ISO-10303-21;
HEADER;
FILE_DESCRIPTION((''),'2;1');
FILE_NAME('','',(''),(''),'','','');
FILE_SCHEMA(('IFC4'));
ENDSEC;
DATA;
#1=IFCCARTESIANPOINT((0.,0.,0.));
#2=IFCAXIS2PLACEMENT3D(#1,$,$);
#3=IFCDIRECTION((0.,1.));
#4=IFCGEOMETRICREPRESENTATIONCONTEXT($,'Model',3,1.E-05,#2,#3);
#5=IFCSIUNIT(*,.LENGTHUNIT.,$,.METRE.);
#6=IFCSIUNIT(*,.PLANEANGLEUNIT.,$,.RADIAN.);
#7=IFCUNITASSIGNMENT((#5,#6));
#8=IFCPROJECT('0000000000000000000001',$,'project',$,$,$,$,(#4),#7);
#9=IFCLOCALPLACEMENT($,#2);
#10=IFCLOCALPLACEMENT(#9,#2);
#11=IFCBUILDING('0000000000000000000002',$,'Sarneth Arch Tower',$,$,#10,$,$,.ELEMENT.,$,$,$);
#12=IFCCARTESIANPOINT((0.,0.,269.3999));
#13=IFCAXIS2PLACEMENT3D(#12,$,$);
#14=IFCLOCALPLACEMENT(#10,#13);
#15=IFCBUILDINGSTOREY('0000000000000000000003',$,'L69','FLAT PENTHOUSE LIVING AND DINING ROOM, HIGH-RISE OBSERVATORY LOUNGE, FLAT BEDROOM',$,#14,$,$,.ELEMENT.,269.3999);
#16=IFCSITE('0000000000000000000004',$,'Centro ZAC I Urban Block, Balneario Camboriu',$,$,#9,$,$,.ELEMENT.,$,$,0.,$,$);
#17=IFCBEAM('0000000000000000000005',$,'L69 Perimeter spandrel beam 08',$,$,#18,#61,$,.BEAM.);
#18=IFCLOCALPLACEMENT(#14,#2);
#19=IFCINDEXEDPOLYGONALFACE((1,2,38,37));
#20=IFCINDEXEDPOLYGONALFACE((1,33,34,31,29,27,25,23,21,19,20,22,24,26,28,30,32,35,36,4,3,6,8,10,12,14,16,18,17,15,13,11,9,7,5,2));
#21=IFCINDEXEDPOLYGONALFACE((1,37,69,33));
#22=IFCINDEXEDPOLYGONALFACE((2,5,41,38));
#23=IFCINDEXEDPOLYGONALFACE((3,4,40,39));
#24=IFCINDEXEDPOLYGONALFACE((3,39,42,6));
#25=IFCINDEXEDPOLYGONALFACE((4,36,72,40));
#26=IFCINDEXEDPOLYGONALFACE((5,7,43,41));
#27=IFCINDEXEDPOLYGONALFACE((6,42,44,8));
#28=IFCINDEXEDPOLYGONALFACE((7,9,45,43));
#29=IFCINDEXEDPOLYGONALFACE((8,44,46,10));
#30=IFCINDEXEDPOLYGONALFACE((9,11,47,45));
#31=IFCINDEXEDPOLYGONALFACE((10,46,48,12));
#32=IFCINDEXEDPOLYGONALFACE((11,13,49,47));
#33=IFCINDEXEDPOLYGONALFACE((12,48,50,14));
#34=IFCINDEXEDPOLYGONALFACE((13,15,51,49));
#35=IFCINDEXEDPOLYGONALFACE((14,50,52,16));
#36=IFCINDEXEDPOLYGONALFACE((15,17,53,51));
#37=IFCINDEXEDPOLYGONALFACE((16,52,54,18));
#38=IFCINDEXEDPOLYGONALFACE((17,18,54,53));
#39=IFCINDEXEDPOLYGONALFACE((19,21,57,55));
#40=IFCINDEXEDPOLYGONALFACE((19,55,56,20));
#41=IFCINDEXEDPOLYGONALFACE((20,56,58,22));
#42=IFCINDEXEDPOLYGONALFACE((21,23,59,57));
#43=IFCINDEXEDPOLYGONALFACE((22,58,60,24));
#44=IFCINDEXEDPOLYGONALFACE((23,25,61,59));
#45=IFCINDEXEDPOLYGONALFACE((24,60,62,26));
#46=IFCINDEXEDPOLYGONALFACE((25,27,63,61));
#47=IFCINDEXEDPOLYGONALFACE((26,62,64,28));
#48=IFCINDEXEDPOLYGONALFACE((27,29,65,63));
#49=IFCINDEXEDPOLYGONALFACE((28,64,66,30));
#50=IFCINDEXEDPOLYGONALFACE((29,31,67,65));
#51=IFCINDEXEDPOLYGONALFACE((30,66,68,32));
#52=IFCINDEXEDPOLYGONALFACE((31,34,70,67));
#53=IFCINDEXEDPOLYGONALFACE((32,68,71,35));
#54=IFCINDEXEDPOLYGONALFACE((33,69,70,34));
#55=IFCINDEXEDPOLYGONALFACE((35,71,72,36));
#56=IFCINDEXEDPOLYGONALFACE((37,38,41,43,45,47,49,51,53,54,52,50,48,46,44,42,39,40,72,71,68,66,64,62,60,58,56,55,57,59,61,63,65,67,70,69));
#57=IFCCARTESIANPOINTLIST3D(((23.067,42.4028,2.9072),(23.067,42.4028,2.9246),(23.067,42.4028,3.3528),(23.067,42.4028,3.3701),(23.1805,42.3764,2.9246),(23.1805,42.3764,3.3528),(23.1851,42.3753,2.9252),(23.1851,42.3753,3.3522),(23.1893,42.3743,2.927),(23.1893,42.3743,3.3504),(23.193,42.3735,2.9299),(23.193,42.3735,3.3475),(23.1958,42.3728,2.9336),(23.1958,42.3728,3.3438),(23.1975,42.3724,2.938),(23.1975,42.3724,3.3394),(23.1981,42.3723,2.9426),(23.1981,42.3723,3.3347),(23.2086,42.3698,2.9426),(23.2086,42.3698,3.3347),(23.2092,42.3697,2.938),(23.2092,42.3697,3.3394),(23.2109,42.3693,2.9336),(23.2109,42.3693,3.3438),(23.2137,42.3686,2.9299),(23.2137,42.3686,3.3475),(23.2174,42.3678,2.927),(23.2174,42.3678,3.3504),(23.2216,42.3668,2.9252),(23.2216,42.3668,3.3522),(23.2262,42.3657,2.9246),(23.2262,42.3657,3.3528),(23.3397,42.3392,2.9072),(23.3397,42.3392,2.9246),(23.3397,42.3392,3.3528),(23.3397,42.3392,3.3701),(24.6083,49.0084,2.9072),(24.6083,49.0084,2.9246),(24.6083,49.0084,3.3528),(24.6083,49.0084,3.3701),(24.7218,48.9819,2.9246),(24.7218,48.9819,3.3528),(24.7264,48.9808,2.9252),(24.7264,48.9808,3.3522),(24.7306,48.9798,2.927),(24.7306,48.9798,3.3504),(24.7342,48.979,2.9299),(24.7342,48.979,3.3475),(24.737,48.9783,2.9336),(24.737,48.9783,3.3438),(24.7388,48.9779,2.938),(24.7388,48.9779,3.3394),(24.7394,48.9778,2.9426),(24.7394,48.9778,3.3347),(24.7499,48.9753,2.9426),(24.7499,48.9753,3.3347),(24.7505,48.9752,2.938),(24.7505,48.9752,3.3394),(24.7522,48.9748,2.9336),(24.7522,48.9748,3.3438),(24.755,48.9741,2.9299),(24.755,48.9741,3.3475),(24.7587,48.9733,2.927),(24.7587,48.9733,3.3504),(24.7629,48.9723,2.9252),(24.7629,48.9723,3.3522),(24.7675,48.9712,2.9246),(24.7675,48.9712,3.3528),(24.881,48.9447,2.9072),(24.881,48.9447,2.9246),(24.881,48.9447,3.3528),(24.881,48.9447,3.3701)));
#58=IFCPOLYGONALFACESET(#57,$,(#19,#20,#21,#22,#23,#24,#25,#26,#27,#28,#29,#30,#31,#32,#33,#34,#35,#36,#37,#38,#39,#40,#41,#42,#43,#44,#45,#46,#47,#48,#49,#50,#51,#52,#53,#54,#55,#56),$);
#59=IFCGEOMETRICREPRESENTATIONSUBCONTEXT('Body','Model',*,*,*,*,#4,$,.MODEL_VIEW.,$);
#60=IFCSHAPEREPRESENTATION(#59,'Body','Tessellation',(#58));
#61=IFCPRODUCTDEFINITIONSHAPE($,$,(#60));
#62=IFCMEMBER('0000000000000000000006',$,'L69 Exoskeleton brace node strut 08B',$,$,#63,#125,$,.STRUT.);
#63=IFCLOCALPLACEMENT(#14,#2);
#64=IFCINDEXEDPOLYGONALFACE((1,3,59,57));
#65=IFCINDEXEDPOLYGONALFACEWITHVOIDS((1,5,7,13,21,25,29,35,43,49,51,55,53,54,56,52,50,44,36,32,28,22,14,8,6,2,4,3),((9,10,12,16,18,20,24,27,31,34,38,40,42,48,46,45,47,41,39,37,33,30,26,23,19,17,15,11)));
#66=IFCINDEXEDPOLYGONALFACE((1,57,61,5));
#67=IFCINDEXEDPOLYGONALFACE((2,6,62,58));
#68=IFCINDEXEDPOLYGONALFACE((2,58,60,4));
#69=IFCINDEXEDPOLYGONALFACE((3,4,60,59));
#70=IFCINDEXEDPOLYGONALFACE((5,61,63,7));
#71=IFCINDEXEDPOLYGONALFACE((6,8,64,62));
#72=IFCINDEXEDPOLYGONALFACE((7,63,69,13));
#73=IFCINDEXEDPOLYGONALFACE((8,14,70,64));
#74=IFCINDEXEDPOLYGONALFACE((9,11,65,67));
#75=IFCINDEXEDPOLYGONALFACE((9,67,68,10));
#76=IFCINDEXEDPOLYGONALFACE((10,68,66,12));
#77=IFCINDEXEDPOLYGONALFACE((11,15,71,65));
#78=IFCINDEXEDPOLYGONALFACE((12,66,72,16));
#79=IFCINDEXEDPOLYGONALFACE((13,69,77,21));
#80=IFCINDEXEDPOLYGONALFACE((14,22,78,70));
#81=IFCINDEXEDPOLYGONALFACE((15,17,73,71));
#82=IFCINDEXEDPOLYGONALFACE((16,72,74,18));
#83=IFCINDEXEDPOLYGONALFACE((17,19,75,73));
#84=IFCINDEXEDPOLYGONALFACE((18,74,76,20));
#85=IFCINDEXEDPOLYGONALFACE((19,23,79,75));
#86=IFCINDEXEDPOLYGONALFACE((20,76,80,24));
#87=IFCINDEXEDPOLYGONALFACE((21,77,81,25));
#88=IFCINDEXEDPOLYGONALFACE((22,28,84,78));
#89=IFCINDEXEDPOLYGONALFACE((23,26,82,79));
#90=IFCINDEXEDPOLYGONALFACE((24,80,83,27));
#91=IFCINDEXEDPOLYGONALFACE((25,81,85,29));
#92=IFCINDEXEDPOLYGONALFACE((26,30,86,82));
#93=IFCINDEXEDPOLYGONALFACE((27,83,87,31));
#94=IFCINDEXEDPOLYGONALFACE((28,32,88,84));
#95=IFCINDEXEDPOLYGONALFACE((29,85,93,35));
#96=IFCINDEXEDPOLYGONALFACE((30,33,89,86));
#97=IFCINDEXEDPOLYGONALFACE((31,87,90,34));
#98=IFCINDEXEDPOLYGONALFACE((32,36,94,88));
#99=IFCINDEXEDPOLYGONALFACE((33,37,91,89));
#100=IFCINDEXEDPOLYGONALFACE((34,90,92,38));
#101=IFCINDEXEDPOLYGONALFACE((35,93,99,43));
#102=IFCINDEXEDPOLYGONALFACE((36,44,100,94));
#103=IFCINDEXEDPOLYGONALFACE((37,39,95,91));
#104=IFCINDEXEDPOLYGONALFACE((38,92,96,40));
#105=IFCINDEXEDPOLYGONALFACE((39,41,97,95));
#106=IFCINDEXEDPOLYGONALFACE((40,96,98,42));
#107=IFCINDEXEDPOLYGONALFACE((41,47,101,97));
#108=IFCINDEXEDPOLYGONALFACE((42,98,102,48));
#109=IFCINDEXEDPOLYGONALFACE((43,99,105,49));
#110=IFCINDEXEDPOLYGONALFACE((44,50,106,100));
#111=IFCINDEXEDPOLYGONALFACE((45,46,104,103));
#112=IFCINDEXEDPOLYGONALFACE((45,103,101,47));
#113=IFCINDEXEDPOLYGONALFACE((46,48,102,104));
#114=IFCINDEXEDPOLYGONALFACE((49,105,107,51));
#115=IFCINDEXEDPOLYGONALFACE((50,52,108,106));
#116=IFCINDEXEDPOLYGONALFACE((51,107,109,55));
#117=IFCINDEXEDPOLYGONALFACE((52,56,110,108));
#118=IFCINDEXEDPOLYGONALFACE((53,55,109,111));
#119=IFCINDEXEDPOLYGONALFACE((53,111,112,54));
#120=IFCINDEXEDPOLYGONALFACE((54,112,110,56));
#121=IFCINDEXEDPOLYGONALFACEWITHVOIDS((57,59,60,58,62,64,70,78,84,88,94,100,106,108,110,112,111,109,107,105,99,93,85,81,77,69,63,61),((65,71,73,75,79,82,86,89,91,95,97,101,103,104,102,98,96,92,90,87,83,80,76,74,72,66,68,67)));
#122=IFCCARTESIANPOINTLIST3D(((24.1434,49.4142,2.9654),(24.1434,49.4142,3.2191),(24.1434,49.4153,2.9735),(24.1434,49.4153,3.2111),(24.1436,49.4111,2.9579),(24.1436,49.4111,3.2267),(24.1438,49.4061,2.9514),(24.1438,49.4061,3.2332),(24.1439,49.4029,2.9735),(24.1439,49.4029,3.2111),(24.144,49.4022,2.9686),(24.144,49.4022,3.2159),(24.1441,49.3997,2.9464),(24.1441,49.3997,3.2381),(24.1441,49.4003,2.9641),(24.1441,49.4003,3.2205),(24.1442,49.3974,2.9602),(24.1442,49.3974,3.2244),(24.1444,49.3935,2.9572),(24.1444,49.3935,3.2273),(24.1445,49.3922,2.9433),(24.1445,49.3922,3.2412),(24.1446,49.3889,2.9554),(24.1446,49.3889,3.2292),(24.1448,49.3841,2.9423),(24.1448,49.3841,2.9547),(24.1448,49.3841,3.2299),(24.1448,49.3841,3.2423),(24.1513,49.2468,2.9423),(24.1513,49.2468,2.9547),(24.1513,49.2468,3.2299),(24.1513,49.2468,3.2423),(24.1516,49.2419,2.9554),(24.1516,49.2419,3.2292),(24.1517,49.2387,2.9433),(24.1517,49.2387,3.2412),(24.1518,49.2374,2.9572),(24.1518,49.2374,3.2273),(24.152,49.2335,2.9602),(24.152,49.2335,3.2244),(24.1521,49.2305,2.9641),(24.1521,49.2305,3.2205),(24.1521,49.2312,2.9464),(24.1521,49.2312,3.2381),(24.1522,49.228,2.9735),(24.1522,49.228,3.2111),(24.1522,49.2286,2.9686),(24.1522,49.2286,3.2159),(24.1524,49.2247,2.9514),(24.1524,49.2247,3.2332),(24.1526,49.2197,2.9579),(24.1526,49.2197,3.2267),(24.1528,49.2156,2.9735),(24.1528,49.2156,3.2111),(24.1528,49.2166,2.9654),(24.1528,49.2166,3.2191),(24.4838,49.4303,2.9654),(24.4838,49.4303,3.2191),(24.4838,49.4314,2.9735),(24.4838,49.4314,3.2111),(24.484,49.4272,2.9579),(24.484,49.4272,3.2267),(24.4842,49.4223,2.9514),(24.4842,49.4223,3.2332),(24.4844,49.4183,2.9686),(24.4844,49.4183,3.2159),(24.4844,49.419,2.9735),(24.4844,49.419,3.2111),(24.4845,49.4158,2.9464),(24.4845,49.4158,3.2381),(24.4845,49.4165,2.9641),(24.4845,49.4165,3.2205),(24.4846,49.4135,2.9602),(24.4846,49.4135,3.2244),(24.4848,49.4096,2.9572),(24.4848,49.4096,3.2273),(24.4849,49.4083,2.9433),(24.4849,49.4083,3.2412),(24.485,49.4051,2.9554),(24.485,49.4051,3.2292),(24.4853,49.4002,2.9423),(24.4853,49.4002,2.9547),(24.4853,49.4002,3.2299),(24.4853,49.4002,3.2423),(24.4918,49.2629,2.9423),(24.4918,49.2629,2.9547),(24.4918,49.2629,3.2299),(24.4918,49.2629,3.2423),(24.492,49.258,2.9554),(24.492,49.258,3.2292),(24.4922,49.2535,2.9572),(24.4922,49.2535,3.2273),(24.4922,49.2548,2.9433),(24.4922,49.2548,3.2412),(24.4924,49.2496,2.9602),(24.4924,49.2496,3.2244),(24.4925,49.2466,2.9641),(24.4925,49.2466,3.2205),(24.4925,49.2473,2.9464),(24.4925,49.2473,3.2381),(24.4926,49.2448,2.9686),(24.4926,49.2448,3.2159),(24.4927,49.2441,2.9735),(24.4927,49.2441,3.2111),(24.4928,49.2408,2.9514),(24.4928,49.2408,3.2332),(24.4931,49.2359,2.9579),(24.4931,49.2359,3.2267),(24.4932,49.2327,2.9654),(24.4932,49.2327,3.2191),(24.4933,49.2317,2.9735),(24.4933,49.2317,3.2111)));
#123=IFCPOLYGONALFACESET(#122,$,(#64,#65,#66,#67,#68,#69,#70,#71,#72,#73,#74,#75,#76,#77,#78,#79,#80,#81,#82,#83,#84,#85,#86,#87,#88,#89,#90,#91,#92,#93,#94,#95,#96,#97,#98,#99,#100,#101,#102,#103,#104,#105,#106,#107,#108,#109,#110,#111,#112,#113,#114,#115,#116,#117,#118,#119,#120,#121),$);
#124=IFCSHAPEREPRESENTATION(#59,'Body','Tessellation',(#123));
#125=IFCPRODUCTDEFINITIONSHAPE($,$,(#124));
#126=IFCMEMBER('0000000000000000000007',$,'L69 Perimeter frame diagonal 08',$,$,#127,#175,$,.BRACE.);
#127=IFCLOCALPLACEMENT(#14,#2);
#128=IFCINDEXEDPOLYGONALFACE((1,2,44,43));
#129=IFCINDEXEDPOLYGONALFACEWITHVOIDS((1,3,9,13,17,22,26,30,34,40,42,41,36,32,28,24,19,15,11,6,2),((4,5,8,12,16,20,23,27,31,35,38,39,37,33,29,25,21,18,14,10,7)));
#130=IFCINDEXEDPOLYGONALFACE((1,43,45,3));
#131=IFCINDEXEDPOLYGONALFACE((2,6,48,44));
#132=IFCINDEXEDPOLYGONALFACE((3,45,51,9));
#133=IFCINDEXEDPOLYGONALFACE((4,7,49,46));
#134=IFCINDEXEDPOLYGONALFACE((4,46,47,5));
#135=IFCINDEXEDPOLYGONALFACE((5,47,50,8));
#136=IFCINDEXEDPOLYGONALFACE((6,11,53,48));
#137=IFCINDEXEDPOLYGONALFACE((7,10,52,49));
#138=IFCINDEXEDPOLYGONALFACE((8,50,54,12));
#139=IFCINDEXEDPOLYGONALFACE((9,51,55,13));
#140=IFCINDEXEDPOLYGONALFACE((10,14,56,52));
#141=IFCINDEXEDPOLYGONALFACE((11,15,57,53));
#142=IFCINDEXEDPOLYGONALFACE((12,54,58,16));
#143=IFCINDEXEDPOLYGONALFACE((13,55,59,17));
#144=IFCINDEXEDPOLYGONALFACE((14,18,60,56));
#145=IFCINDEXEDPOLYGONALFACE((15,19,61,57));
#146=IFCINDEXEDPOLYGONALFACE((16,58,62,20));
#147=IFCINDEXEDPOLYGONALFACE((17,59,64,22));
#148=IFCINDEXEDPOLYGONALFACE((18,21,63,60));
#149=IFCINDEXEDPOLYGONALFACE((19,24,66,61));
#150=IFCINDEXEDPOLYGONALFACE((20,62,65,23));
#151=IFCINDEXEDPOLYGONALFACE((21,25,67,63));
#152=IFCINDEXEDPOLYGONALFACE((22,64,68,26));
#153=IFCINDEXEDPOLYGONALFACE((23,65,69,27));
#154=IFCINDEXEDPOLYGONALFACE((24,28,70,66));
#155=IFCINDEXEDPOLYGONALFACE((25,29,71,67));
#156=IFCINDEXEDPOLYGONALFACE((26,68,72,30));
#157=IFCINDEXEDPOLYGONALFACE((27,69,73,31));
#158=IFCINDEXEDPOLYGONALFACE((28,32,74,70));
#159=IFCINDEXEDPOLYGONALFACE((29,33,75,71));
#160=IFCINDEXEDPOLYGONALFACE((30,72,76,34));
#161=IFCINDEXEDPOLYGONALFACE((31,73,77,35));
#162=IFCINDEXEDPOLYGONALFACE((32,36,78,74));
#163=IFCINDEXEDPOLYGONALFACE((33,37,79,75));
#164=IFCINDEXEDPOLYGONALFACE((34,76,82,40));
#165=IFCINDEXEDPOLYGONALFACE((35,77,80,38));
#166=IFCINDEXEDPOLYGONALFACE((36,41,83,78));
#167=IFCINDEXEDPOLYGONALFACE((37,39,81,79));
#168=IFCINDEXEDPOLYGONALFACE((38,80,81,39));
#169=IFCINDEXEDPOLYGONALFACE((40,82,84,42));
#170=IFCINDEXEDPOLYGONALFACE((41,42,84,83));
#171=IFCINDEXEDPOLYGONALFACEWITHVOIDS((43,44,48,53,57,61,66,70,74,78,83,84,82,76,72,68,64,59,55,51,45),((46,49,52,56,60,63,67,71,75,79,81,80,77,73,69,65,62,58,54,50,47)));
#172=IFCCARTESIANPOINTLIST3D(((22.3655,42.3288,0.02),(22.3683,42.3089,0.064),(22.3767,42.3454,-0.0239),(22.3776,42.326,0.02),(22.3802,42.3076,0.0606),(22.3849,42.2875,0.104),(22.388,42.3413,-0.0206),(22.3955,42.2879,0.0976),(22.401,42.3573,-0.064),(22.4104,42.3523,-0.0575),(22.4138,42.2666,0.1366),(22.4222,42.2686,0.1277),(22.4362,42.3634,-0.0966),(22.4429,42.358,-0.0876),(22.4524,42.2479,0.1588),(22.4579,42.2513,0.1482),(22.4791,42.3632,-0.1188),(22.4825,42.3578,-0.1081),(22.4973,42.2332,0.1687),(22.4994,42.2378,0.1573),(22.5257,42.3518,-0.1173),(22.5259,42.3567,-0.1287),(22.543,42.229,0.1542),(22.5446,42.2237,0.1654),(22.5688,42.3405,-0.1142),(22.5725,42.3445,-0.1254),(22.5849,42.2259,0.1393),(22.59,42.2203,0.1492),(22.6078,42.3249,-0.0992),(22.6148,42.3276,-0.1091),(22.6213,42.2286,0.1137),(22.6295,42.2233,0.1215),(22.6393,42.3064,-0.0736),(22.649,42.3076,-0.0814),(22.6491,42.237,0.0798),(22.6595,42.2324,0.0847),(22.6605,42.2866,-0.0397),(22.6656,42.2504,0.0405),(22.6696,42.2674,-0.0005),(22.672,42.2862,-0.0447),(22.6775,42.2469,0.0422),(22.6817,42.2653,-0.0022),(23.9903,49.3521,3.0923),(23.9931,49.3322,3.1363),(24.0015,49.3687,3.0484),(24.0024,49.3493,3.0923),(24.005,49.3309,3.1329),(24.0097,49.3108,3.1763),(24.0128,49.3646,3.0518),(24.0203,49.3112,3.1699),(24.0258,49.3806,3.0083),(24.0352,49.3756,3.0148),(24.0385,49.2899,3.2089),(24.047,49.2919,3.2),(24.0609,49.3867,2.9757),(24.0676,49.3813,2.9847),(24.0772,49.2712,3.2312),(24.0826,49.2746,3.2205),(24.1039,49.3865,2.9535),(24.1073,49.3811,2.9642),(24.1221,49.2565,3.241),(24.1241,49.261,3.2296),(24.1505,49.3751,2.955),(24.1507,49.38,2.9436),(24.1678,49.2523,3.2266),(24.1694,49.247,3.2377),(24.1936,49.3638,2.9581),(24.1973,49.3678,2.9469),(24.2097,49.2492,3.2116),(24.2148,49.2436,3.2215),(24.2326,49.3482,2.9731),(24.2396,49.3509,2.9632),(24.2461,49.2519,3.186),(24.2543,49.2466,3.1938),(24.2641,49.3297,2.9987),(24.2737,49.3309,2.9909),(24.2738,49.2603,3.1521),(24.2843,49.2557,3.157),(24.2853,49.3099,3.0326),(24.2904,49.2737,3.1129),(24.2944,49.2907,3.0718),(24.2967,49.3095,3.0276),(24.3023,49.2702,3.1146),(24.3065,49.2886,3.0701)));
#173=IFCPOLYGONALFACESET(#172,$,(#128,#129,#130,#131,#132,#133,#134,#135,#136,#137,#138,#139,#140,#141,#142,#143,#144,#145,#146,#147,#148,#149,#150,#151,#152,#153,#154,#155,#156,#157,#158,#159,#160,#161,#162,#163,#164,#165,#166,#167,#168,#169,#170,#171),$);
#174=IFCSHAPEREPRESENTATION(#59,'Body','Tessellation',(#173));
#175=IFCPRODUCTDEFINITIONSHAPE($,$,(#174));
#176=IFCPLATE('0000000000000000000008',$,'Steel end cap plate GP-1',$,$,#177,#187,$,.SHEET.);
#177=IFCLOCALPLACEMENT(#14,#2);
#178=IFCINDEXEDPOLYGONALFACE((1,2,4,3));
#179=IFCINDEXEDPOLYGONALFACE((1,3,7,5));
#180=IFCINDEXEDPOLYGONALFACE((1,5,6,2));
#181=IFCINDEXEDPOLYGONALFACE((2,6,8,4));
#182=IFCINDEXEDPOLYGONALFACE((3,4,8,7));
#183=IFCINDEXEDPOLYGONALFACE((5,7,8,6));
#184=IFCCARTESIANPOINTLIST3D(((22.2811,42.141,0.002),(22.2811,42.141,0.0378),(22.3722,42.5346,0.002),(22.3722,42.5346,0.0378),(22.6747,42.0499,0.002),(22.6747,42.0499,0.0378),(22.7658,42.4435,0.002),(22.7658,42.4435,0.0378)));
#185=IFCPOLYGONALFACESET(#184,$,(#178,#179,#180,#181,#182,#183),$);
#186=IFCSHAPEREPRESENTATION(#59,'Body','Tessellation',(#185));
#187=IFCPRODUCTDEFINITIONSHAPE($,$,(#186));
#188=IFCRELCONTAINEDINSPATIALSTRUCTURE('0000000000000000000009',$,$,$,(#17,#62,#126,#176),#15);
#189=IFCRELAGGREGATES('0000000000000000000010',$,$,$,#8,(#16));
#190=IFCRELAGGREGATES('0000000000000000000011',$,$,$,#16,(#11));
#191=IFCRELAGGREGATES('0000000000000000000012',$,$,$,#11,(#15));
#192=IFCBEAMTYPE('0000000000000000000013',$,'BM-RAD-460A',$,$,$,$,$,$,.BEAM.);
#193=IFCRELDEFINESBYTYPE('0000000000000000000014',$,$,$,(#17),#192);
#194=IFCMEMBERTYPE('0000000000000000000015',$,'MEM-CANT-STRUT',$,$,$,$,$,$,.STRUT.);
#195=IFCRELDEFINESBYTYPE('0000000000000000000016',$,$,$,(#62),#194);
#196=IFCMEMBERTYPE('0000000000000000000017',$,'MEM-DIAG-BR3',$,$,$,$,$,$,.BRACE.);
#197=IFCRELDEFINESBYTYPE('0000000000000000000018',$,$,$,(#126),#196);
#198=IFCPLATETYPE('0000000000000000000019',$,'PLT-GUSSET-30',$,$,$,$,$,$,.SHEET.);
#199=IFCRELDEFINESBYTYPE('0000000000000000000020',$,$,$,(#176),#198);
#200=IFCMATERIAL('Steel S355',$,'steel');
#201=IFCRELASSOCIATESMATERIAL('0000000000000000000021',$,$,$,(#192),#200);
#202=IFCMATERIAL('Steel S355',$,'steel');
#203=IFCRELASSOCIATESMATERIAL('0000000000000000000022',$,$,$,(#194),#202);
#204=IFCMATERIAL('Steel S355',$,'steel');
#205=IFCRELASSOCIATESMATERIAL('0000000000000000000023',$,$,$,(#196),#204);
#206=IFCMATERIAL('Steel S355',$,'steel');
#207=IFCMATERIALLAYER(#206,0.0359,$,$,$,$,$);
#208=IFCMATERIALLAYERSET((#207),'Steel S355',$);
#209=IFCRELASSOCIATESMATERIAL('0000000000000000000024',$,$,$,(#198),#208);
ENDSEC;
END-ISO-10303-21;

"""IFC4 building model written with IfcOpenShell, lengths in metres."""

from ifc_helpers import new_model, si_unit, direction, frame, origin, origin_2d, place, context, subcontext, project, spatial, rectangle, hollow_rectangle, hollow_circle, i_section, extrude, material, layer, layer_set, material_profile, profile_set, type_object, element, save


model = new_model("IFC4")

# Units and contexts
model_context = context("Model", 3, precision=1e-05, world=origin(), true_north=direction((0.0, 1.0)))
body_context = subcontext(model_context, "Body", "Model", "MODEL_VIEW")
ifc_project = project(units=[si_unit("LENGTHUNIT", "METRE"), si_unit("PLANEANGLEUNIT", "RADIAN")], contexts=[model_context])

# Site, building, storey
site_placement = place(None, origin())
site = spatial("IfcSite", under=ifc_project, at=site_placement, Name="Centro ZAC I Urban Block, Balneario Camboriu", CompositionType="ELEMENT", RefElevation=0.0)
building_placement = place(site_placement, origin())
building = spatial("IfcBuilding", under=site, at=building_placement, Name="Sarneth Arch Tower", CompositionType="ELEMENT")
storey_placement = place(building_placement, frame((0.0, 0.0, 269.3999)))
storey = spatial("IfcBuildingStorey", under=building, at=storey_placement, Name="L69", Description="FLAT PENTHOUSE LIVING AND DINING ROOM, HIGH-RISE OBSERVATORY LOUNGE, FLAT BEDROOM", CompositionType="ELEMENT", Elevation=269.3999)

# Beam
ifc_material_1 = material(Name="Steel S355", Category="steel")
ifc_material_profile_1 = material_profile(ifc_material_1, i_section(OverallWidth=0.28, OverallDepth=0.4629, WebThickness=0.0107, FlangeThickness=0.0173, FilletRadius=0.0181, at=origin_2d()), Name="W460x113")
ifc_profile_set_1 = profile_set([ifc_material_profile_1], Name="Steel S355")
beam_type_1 = type_object("IfcBeamType", Name="BM-RAD-460A", PredefinedType="BEAM", material=ifc_profile_set_1)
beam_1_placement = place(storey_placement, frame((24.7446, 48.9766, 3.1387), z_axis=(-0.227227, -0.973842, 0.0), x_axis=(0.973842, -0.227227, 0.0)))
element("IfcBeam", 1, at=beam_1_placement, inside=storey, type_object=beam_type_1, Name="L69 Perimeter spandrel beam 08", PredefinedType="BEAM", context=body_context, shape_type="SweptSolid", body=[
    extrude(i_section(OverallWidth=0.28, OverallDepth=0.4629, WebThickness=0.0107, FlangeThickness=0.0173, FilletRadius=0.0181, at=origin_2d()), origin(), (0.0, 0.0, 1.0), 6.783),
])

# Members
ifc_material_2 = material(Name="Steel S355", Category="steel")
ifc_material_profile_2 = material_profile(ifc_material_2, hollow_rectangle(XDim=0.2, YDim=0.3, WallThickness=0.0125, InnerFilletRadius=0.0188, OuterFilletRadius=0.0312, at=origin_2d()), Name="RHS300x200x12.5")
ifc_profile_set_2 = profile_set([ifc_material_profile_2], Name="Steel S355")
member_type_1 = type_object("IfcMemberType", Name="MEM-CANT-STRUT", PredefinedType="STRUT", material=ifc_profile_set_2)
member_1_placement = place(storey_placement, frame((24.4885, 49.3315, 3.0923), z_axis=(-0.998881, -0.047293, 0.0), x_axis=(0.047293, -0.998881, 0.0)))
element("IfcMember", 2, at=member_1_placement, inside=storey, type_object=member_type_1, Name="L69 Exoskeleton brace node strut 08B", PredefinedType="STRUT", context=body_context, shape_type="SweptSolid", body=[
    extrude(hollow_rectangle(XDim=0.2, YDim=0.3, WallThickness=0.0125, InnerFilletRadius=0.0188, OuterFilletRadius=0.0312, at=origin_2d()), origin(), (0.0, 0.0, 1.0), 0.3408),
])
ifc_material_3 = material(Name="Steel S355", Category="steel")
ifc_material_profile_3 = material_profile(ifc_material_3, hollow_circle(Radius=0.1621, WallThickness=0.0125, at=origin_2d()), Name="CHS324x12.5")
ifc_profile_set_3 = profile_set([ifc_material_profile_3], Name="Steel S355")
member_type_2 = type_object("IfcMemberType", Name="MEM-DIAG-BR3", PredefinedType="BRACE", material=ifc_profile_set_3)
member_2_placement = place(storey_placement, frame((22.5234, 42.2922, 0.02), z_axis=(0.207343, 0.896265, 0.392067), x_axis=(-0.974269, 0.225389, 0.0)))
element("IfcMember", 3, at=member_2_placement, inside=storey, type_object=member_type_2, Name="L69 Perimeter frame diagonal 08", PredefinedType="BRACE", context=body_context, shape_type="SweptSolid", body=[
    extrude(hollow_circle(Radius=0.1621, WallThickness=0.0125, at=origin_2d()), origin(), (0.0, 0.0, 1.0), 7.8362),
])

# Plate
ifc_material_4 = material(Name="Steel S355", Category="steel")
ifc_layer_1 = layer(ifc_material_4, 0.0359)
ifc_layer_set_1 = layer_set([ifc_layer_1], Name="Steel S355")
plate_type = type_object("IfcPlateType", Name="PLT-GUSSET-30", PredefinedType="SHEET", material=ifc_layer_set_1)
for number, where, z_axis, x_axis, name in (
    (4, (22.5234, 42.2922, 0.002), (0.0, 0.0, 1.0), (-0.225461, -0.974252, 0.0), "Steel end cap plate GP-1"),
):
    element("IfcPlate", number, at=place(storey_placement, frame(where, z_axis=z_axis, x_axis=x_axis)), inside=storey, type_object=plate_type, Name=name, PredefinedType="SHEET", context=body_context, shape_type="SweptSolid", body=[
        extrude(rectangle(XDim=0.4041, YDim=0.4041, at=origin_2d()), origin(), (0.0, 0.0, 1.0), 0.0359),
    ])

save(model, "model.ifc")
